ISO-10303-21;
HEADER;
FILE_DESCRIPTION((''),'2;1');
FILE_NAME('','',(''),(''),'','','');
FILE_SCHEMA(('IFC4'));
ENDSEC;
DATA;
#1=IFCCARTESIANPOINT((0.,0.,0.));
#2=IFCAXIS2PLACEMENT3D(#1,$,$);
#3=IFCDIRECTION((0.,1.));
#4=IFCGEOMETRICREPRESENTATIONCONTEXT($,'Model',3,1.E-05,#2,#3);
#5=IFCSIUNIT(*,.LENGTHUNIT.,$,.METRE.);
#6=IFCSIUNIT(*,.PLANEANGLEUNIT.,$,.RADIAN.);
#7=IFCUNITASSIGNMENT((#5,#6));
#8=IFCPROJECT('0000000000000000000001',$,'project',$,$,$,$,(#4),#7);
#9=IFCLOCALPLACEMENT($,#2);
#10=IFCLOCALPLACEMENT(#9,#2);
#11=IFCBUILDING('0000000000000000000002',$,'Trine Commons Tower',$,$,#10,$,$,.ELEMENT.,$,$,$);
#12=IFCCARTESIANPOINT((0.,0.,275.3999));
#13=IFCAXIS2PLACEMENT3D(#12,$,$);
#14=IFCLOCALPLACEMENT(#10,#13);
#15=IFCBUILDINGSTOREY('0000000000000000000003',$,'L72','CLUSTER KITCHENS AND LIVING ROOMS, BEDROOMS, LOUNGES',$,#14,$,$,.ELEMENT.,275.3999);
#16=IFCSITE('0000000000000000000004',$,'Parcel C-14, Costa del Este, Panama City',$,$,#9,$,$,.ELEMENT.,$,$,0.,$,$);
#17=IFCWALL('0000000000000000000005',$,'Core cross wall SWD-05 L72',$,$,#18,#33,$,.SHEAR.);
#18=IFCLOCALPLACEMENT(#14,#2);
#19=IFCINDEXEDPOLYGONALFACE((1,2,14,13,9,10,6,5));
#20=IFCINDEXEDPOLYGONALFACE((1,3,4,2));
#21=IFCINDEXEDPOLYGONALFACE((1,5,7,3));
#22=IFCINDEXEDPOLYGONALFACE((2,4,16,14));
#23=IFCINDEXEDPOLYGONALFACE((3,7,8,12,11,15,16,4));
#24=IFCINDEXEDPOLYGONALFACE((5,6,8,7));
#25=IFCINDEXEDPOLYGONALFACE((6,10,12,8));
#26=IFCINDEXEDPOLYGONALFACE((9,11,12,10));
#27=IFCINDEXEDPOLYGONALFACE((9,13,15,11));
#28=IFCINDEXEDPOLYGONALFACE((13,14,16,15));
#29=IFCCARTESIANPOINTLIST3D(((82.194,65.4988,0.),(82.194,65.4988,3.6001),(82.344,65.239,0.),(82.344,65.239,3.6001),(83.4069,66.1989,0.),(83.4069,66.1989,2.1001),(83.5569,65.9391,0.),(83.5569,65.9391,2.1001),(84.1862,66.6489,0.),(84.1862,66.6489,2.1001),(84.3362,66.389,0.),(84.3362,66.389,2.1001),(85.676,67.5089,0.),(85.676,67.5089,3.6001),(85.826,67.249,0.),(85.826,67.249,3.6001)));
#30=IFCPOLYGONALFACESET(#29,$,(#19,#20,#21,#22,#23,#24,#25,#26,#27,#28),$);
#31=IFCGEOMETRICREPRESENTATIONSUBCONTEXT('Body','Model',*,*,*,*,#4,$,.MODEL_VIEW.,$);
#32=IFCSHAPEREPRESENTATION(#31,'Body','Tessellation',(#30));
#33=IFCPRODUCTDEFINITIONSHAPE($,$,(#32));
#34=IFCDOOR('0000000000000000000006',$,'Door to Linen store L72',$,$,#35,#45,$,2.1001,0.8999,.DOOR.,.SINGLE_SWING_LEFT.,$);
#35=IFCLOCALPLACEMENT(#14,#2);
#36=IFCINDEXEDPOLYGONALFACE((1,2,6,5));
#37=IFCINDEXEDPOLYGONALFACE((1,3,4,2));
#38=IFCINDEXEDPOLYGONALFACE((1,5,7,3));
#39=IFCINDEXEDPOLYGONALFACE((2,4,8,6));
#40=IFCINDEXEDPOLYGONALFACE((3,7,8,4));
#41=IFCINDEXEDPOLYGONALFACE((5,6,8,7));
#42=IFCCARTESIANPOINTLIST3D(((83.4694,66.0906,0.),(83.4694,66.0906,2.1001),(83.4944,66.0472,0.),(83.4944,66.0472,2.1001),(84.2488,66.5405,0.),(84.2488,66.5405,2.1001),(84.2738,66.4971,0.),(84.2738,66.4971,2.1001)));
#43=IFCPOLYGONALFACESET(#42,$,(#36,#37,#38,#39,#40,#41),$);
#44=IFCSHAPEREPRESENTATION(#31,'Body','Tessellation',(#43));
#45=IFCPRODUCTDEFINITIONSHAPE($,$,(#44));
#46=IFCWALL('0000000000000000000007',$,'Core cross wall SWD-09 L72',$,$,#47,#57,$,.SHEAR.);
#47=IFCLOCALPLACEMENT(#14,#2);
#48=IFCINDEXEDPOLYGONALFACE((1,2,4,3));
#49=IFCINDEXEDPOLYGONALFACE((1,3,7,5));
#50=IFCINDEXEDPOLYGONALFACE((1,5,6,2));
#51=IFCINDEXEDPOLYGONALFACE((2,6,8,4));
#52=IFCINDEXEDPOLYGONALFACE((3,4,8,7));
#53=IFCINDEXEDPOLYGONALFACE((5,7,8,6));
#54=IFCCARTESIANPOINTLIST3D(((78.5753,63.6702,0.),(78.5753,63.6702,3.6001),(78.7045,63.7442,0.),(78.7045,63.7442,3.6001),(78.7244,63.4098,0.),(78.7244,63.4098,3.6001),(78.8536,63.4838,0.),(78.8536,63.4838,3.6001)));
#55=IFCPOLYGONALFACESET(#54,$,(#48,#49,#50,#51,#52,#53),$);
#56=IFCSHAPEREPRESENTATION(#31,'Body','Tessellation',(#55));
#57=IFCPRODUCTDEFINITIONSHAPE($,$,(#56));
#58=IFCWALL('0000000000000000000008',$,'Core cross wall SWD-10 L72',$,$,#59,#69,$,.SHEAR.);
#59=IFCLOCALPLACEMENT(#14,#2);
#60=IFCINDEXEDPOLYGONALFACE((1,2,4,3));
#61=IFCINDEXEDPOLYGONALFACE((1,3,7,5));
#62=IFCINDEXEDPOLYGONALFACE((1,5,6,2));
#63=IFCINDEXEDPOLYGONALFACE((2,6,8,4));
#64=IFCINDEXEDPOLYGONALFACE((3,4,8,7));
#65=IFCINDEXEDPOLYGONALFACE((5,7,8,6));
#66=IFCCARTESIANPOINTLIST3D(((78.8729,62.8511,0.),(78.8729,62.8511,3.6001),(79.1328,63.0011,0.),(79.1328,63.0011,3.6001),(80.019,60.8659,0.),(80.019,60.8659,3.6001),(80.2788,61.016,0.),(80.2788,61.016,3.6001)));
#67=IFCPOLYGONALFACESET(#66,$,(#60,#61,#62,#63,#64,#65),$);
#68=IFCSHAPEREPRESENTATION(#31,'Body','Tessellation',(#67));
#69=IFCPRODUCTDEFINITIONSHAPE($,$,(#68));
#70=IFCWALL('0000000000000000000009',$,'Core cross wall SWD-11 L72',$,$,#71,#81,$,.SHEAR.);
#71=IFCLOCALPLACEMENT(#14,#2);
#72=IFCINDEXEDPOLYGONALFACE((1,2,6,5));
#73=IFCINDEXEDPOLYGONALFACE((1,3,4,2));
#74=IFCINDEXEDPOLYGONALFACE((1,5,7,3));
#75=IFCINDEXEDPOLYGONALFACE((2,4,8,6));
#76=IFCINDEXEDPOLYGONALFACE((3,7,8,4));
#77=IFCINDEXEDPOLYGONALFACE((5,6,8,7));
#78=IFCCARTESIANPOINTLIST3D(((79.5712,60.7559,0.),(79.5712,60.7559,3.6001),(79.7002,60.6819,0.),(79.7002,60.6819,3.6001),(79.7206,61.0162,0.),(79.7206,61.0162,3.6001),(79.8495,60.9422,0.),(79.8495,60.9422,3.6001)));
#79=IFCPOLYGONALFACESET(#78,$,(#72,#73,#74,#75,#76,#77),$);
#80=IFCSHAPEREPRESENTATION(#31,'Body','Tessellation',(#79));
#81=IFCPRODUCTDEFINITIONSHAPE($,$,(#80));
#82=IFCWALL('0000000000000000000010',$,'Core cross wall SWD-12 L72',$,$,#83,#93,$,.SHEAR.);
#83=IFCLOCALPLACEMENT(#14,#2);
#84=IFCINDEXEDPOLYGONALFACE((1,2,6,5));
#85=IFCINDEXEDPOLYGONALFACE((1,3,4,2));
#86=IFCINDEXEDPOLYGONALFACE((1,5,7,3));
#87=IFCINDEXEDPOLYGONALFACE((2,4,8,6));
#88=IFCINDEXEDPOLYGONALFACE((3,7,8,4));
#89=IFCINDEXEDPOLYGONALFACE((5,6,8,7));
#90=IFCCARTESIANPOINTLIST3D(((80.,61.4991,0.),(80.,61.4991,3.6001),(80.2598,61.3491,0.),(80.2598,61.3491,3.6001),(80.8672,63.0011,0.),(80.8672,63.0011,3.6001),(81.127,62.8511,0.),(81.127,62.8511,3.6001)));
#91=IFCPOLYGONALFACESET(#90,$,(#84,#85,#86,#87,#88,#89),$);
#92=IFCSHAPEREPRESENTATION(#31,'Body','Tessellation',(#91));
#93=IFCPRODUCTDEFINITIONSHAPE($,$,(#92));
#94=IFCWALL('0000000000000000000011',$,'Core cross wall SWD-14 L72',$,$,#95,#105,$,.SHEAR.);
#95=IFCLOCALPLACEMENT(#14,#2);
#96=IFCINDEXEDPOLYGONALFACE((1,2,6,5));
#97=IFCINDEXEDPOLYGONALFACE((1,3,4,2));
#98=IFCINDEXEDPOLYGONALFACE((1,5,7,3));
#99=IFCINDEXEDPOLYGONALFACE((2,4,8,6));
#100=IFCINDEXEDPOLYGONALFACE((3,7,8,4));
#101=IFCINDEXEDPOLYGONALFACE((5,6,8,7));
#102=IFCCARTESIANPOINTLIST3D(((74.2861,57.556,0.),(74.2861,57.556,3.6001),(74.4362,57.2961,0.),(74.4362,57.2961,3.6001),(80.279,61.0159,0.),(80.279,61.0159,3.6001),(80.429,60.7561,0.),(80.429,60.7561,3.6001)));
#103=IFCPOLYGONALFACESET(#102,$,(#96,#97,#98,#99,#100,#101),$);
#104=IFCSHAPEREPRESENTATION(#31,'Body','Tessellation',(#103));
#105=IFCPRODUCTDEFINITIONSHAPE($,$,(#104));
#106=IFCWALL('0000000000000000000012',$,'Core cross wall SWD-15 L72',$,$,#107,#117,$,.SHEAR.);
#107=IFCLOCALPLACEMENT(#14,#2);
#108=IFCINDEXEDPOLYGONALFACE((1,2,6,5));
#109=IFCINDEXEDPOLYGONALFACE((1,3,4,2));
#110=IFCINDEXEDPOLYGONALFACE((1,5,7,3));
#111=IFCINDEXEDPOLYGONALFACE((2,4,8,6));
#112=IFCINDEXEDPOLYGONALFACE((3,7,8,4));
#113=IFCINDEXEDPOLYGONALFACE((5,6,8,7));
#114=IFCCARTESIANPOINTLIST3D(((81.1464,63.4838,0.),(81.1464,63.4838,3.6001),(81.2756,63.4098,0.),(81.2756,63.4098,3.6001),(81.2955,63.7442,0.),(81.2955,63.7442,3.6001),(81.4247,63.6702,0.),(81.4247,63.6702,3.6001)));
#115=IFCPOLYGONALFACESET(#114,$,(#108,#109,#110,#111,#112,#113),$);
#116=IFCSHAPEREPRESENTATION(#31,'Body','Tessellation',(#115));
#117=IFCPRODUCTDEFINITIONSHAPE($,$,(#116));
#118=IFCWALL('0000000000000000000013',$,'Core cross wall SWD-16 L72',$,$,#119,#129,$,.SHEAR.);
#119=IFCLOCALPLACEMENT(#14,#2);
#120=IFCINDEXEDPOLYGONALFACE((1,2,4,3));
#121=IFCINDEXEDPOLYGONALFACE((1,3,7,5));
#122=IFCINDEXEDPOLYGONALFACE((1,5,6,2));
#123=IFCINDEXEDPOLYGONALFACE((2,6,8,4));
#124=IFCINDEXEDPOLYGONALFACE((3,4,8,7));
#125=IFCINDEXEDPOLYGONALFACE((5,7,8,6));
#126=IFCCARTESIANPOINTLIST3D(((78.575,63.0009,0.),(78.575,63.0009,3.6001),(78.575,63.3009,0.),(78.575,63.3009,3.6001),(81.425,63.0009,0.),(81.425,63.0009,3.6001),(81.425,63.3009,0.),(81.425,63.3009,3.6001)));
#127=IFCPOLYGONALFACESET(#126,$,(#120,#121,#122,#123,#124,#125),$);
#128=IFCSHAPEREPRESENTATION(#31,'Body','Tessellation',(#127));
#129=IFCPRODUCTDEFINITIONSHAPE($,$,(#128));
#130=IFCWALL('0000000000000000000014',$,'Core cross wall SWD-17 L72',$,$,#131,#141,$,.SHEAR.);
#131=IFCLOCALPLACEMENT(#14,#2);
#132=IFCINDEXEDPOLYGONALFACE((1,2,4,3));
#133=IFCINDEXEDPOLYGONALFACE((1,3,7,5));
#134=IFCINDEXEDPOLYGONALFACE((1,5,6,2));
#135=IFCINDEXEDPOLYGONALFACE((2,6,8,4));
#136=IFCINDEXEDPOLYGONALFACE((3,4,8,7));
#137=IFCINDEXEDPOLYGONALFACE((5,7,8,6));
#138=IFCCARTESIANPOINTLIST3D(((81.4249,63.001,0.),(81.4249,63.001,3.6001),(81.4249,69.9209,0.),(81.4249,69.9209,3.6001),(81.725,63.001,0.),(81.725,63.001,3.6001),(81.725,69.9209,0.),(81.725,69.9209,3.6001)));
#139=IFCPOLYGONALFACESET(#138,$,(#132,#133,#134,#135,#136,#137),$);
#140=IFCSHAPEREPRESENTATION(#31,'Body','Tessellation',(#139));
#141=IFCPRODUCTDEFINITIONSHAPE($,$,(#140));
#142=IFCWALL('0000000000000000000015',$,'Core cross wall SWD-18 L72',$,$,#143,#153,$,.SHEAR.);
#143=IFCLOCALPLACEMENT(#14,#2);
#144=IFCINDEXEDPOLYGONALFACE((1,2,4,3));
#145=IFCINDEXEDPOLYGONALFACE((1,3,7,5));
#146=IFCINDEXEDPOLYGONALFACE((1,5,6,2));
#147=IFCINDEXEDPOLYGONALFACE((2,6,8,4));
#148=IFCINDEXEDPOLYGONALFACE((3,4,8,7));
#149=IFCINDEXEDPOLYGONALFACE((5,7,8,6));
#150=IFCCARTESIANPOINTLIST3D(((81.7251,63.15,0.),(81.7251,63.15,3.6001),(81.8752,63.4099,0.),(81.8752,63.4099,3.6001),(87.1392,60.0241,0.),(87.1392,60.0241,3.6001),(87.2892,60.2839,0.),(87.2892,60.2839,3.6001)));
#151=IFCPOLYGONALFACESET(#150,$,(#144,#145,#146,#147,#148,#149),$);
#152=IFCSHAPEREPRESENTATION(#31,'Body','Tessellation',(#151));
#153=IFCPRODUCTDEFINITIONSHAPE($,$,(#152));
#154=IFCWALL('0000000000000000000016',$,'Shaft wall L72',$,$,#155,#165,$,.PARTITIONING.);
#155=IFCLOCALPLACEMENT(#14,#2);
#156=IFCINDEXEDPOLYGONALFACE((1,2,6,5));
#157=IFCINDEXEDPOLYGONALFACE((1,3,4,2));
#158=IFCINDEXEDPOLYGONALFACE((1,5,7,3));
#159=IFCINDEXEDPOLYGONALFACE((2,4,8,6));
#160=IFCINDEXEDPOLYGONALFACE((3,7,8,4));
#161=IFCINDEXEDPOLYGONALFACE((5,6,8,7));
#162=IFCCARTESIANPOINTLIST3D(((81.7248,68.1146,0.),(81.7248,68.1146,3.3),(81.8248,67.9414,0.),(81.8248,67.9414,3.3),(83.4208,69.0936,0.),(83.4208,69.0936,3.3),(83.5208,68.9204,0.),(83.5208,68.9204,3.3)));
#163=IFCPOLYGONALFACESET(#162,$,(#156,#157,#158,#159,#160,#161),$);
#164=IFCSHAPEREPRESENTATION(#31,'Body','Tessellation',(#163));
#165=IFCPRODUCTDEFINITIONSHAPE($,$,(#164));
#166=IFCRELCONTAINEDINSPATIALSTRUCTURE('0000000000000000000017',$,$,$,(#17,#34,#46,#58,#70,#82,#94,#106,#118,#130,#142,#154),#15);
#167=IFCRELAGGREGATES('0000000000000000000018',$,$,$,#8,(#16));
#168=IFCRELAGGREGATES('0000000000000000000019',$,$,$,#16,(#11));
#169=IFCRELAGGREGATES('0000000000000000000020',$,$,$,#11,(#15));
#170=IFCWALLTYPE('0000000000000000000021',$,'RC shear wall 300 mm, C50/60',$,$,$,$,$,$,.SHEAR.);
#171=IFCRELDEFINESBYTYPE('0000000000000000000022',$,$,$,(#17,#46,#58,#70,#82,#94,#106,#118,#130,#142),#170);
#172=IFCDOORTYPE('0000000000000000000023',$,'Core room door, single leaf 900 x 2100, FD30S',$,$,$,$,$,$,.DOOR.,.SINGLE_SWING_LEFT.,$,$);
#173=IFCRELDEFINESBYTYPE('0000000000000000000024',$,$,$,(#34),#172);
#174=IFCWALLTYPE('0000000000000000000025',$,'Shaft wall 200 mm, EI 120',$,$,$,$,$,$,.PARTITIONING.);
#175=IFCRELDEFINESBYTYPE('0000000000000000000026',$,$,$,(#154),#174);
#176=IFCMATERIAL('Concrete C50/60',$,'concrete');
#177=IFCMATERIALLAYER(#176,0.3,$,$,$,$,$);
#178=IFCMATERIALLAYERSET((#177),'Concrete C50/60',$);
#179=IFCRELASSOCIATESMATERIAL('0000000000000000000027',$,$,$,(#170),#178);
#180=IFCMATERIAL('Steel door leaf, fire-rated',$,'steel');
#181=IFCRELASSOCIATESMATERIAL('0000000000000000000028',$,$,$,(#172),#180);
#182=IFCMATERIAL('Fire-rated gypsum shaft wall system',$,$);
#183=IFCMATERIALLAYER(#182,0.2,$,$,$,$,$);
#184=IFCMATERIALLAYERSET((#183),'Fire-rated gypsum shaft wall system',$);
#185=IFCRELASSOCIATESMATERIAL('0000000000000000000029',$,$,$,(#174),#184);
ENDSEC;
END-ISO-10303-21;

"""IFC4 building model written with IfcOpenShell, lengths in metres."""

from ifc_helpers import new_model, si_unit, direction, frame, frame_2d, origin, place, context, subcontext, project, spatial, rectangle, extrude, material, layer, layer_set, type_object, element, fill, save


model = new_model("IFC4")

# Units and contexts
model_context = context("Model", 3, precision=1e-05, world=origin(), true_north=direction((0.0, 1.0)))
body_context = subcontext(model_context, "Body", "Model", "MODEL_VIEW")
ifc_project = project(units=[si_unit("LENGTHUNIT", "METRE"), si_unit("PLANEANGLEUNIT", "RADIAN")], contexts=[model_context])

# Site, building, storey
site_placement = place(None, origin())
site = spatial("IfcSite", under=ifc_project, at=site_placement, Name="Parcel C-14, Costa del Este, Panama City", CompositionType="ELEMENT", RefElevation=0.0)
building_placement = place(site_placement, origin())
building = spatial("IfcBuilding", under=site, at=building_placement, Name="Trine Commons Tower", CompositionType="ELEMENT")
storey_placement = place(building_placement, frame((0.0, 0.0, 275.3999)))
storey = spatial("IfcBuildingStorey", under=building, at=storey_placement, Name="L72", Description="CLUSTER KITCHENS AND LIVING ROOMS, BEDROOMS, LOUNGES", CompositionType="ELEMENT", Elevation=275.3999)

# Wall, opening, door
ifc_material_1 = material(Name="Concrete C50/60", Category="concrete")
ifc_layer_1 = layer(ifc_material_1, 0.3)
ifc_layer_set_1 = layer_set([ifc_layer_1], Name="Concrete C50/60")
wall_type_1 = type_object("IfcWallType", Name="RC shear wall 300 mm, C50/60", PredefinedType="SHEAR", material=ifc_layer_set_1)
wall_1_placement = place(storey_placement, frame((82.269, 65.3689, 0.0), z_axis=(0.0, 0.0, 1.0), x_axis=(0.866056, 0.499947, 0.0)))
wall_1 = element("IfcWall", 1, at=wall_1_placement, inside=storey, type_object=wall_type_1, Name="Core cross wall SWD-05 L72", PredefinedType="SHEAR", context=body_context, shape_type="SweptSolid", body=[
    extrude(rectangle(XDim=4.0205, YDim=0.3, at=frame_2d((2.0103, 0.0))), origin(), (0.0, 0.0, 1.0), 3.6001),
])
opening_placement = place(wall_1_placement, frame((1.4004, 0.0, 0.0)))
opening = element("IfcOpeningElement", 2, at=opening_placement, cuts=wall_1, PredefinedType="OPENING", context=body_context, shape_type="SweptSolid", body=[
    extrude(rectangle(XDim=0.8999, YDim=2.1001, at=frame_2d((0.45, 1.05))), frame((0.0, 0.1599, 0.0), z_axis=(0.0, -1.0, 0.0), x_axis=(1.0, 0.0, 0.0)), (0.0, 0.0, 1.0), 0.3201),
])
ifc_material_2 = material(Name="Steel door leaf, fire-rated", Category="steel")
door_type = type_object("IfcDoorType", Name="Core room door, single leaf 900 x 2100, FD30S", OperationType="SINGLE_SWING_LEFT", PredefinedType="DOOR", material=ifc_material_2)
door_placement = place(opening_placement, origin())
door = element("IfcDoor", 3, at=door_placement, inside=storey, type_object=door_type, Name="Door to Linen store L72", OperationType="SINGLE_SWING_LEFT", OverallHeight=2.1001, OverallWidth=0.8999, PredefinedType="DOOR", context=body_context, shape_type="SweptSolid", body=[
    extrude(rectangle(XDim=0.8999, YDim=2.1001, at=frame_2d((0.45, 1.05))), frame((0.0, 0.0249, 0.0), z_axis=(0.0, -1.0, 0.0), x_axis=(1.0, 0.0, 0.0)), (0.0, 0.0, 1.0), 0.05),
])
fill(opening, door)

# Walls
wall_2_placement = place(storey_placement, frame((78.7791, 63.614, 0.0), z_axis=(0.0, 0.0, 1.0), x_axis=(-0.867738, -0.497022, 0.0)))
element("IfcWall", 4, at=wall_2_placement, inside=storey, type_object=wall_type_1, Name="Core cross wall SWD-09 L72", PredefinedType="SHEAR", context=body_context, shape_type="SweptSolid", body=[
    extrude(rectangle(XDim=0.1489, YDim=0.3, at=frame_2d((0.0745, 0.0))), origin(), (0.0, 0.0, 1.0), 3.6001),
])
wall_3_placement = place(storey_placement, frame((79.0029, 62.926, 0.0), z_axis=(0.0, 0.0, 1.0), x_axis=(0.499965, -0.866045, 0.0)))
element("IfcWall", 5, at=wall_3_placement, inside=storey, type_object=wall_type_1, Name="Core cross wall SWD-10 L72", PredefinedType="SHEAR", context=body_context, shape_type="SweptSolid", body=[
    extrude(rectangle(XDim=2.2922, YDim=0.3, at=frame_2d((1.146, 0.0))), origin(), (0.0, 0.0, 1.0), 3.6001),
])
wall_4_placement = place(storey_placement, frame((79.646, 60.886, 0.0), z_axis=(0.0, 0.0, 1.0), x_axis=(0.867332, -0.49773, 0.0)))
element("IfcWall", 6, at=wall_4_placement, inside=storey, type_object=wall_type_1, Name="Core cross wall SWD-11 L72", PredefinedType="SHEAR", context=body_context, shape_type="SweptSolid", body=[
    extrude(rectangle(XDim=0.1487, YDim=0.3, at=frame_2d((0.0742, 0.0))), origin(), (0.0, 0.0, 1.0), 3.6001),
])
wall_5_placement = place(storey_placement, frame((80.1299, 61.4241, 0.0), z_axis=(0.0, 0.0, 1.0), x_axis=(0.500015, 0.866017, 0.0)))
element("IfcWall", 7, at=wall_5_placement, inside=storey, type_object=wall_type_1, Name="Core cross wall SWD-12 L72", PredefinedType="SHEAR", context=body_context, shape_type="SweptSolid", body=[
    extrude(rectangle(XDim=1.7344, YDim=0.3, at=frame_2d((0.8672, 0.0))), origin(), (0.0, 0.0, 1.0), 3.6001),
])
wall_6_placement = place(storey_placement, frame((80.354, 60.886, 0.0), z_axis=(0.0, 0.0, 1.0), x_axis=(-0.866029, -0.499994, 0.0)))
element("IfcWall", 8, at=wall_6_placement, inside=storey, type_object=wall_type_1, Name="Core cross wall SWD-14 L72", PredefinedType="SHEAR", context=body_context, shape_type="SweptSolid", body=[
    extrude(rectangle(XDim=6.9199, YDim=0.3, at=frame_2d((3.46, 0.0))), origin(), (0.0, 0.0, 1.0), 3.6001),
])
wall_7_placement = place(storey_placement, frame((81.2209, 63.614, 0.0), z_axis=(0.0, 0.0, 1.0), x_axis=(0.867738, -0.497022, 0.0)))
element("IfcWall", 9, at=wall_7_placement, inside=storey, type_object=wall_type_1, Name="Core cross wall SWD-15 L72", PredefinedType="SHEAR", context=body_context, shape_type="SweptSolid", body=[
    extrude(rectangle(XDim=0.1489, YDim=0.3, at=frame_2d((0.0745, 0.0))), origin(), (0.0, 0.0, 1.0), 3.6001),
])
wall_8_placement = place(storey_placement, frame((81.425, 63.1509, 0.0), z_axis=(0.0, 0.0, 1.0), x_axis=(-1.0, 0.0, 0.0)))
element("IfcWall", 10, at=wall_8_placement, inside=storey, type_object=wall_type_1, Name="Core cross wall SWD-16 L72", PredefinedType="SHEAR", context=body_context, shape_type="SweptSolid", body=[
    extrude(rectangle(XDim=2.8501, YDim=0.3, at=frame_2d((1.425, 0.0))), origin(), (0.0, 0.0, 1.0), 3.6001),
])
wall_9_placement = place(storey_placement, frame((81.575, 63.001, 0.0), z_axis=(0.0, 0.0, 1.0), x_axis=(0.0, 1.0, 0.0)))
element("IfcWall", 11, at=wall_9_placement, inside=storey, type_object=wall_type_1, Name="Core cross wall SWD-17 L72", PredefinedType="SHEAR", context=body_context, shape_type="SweptSolid", body=[
    extrude(rectangle(XDim=6.9199, YDim=0.3, at=frame_2d((3.46, 0.0))), origin(), (0.0, 0.0, 1.0), 3.6001),
])
wall_10_placement = place(storey_placement, frame((81.8, 63.28, 0.0), z_axis=(0.0, 0.0, 1.0), x_axis=(0.866014, -0.50002, 0.0)))
element("IfcWall", 12, at=wall_10_placement, inside=storey, type_object=wall_type_1, Name="Core cross wall SWD-18 L72", PredefinedType="SHEAR", context=body_context, shape_type="SweptSolid", body=[
    extrude(rectangle(XDim=6.2517, YDim=0.3, at=frame_2d((3.126, 0.0))), origin(), (0.0, 0.0, 1.0), 3.6001),
])
ifc_material_3 = material(Name="Fire-rated gypsum shaft wall system")
ifc_layer_2 = layer(ifc_material_3, 0.2)
ifc_layer_set_2 = layer_set([ifc_layer_2], Name="Fire-rated gypsum shaft wall system")
wall_type_2 = type_object("IfcWallType", Name="Shaft wall 200 mm, EI 120", PredefinedType="PARTITIONING", material=ifc_layer_set_2)
wall_11_placement = place(storey_placement, frame((81.7749, 68.0281, 0.0), z_axis=(0.0, 0.0, 1.0), x_axis=(0.866071, 0.49992, 0.0)))
element("IfcWall", 13, at=wall_11_placement, inside=storey, type_object=wall_type_2, Name="Shaft wall L72", PredefinedType="PARTITIONING", context=body_context, shape_type="SweptSolid", body=[
    extrude(rectangle(XDim=1.9583, YDim=0.2, at=frame_2d((0.979, 0.0))), origin(), (0.0, 0.0, 1.0), 3.3),
])

save(model, "model.ifc")
